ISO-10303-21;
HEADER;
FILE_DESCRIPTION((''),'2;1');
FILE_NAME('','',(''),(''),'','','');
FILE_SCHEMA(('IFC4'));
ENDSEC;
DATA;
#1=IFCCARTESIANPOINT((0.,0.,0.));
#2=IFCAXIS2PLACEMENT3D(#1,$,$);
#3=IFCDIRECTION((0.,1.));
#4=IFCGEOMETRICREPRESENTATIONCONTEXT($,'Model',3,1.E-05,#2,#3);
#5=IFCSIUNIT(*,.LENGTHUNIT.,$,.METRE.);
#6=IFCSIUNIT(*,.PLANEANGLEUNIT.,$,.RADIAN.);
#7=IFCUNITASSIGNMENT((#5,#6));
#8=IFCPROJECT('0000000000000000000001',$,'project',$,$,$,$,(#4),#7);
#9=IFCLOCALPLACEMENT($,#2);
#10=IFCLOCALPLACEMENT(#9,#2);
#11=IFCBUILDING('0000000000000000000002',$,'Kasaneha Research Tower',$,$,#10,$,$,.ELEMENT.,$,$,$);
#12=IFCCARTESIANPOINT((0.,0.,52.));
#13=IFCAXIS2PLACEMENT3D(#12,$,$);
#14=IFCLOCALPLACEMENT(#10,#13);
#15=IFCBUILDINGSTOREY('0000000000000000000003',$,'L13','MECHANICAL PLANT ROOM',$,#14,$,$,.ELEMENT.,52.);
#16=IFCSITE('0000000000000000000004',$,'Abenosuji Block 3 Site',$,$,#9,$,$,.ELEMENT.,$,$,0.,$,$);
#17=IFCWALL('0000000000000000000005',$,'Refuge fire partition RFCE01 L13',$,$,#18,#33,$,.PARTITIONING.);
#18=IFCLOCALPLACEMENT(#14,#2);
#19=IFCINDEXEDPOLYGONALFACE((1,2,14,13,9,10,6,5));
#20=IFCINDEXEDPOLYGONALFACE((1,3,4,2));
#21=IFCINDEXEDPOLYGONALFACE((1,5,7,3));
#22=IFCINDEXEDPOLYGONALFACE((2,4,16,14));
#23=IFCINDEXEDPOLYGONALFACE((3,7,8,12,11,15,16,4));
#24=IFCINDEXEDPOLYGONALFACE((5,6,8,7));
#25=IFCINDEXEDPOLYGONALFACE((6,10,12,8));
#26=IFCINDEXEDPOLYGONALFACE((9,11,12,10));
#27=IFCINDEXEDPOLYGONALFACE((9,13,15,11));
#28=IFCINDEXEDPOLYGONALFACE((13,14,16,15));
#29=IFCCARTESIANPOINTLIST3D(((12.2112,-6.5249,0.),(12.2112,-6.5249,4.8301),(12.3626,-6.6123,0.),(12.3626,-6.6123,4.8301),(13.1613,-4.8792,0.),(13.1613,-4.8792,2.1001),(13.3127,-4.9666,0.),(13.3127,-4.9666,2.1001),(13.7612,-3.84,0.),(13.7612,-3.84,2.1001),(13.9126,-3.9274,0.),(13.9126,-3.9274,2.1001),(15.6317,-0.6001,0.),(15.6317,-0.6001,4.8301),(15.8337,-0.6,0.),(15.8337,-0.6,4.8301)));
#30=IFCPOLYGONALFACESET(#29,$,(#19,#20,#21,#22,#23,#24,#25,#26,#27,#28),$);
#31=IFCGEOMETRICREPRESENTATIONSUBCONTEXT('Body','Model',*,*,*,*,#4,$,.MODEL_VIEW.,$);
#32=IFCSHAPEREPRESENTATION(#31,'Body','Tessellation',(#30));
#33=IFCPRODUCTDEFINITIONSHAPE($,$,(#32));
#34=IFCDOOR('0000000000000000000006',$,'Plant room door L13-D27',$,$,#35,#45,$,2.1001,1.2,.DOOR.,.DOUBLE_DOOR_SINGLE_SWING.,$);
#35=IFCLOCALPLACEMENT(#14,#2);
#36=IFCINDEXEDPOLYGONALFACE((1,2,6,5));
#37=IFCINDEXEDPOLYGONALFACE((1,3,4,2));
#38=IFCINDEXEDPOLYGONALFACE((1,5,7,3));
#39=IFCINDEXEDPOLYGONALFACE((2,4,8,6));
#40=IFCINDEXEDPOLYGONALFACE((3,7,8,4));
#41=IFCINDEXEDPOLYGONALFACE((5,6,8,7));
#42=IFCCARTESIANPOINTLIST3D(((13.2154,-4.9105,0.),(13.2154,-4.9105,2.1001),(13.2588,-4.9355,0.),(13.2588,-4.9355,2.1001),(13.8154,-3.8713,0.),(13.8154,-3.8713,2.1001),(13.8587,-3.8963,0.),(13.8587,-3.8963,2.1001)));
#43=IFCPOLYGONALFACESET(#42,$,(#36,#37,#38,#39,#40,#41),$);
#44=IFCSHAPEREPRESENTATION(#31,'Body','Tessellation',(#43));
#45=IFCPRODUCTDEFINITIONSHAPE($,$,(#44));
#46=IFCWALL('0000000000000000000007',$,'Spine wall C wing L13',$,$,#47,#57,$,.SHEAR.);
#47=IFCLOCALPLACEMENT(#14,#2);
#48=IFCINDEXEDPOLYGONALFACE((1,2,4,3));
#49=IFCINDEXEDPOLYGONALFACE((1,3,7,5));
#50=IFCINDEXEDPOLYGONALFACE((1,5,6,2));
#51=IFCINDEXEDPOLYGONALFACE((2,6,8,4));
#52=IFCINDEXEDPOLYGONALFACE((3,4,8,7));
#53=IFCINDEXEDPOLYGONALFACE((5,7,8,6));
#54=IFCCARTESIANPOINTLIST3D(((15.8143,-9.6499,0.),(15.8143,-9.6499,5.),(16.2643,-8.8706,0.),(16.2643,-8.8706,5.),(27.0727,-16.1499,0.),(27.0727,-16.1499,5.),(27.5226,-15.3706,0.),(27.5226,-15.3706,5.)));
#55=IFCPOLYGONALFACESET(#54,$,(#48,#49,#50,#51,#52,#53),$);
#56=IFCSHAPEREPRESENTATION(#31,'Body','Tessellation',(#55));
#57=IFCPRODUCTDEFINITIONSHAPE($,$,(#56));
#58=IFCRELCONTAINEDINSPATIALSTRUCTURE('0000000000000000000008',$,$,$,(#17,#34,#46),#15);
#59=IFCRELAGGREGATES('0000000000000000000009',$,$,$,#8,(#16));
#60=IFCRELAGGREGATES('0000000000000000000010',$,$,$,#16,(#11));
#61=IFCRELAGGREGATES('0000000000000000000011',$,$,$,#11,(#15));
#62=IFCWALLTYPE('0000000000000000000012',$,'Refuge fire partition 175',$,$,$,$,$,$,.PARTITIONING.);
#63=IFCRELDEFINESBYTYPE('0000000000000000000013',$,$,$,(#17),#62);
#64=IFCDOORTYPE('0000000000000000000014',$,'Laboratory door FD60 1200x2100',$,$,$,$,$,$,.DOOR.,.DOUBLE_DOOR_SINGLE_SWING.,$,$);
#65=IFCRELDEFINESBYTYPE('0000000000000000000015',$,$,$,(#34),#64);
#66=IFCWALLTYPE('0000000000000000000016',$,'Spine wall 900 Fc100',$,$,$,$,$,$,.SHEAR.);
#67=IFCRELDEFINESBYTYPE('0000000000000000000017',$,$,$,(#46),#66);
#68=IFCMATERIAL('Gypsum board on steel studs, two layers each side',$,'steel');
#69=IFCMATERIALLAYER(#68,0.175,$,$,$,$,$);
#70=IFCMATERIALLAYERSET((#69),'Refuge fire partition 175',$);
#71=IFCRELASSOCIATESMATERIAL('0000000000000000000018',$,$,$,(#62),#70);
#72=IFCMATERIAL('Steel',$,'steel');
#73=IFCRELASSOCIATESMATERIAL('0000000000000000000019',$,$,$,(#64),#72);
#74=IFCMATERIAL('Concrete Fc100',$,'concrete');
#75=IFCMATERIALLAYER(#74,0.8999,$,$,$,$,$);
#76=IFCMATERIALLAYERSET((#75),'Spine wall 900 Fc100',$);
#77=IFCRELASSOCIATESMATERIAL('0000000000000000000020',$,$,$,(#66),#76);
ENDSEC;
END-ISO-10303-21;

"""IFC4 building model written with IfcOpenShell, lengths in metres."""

from ifc_helpers import new_model, si_unit, direction, frame, frame_2d, origin, place, context, subcontext, project, spatial, polyline, rectangle, outline, extrude, material, layer, layer_set, type_object, element, fill, save


model = new_model("IFC4")

# Units and contexts
model_context = context("Model", 3, precision=1e-05, world=origin(), true_north=direction((0.0, 1.0)))
body_context = subcontext(model_context, "Body", "Model", "MODEL_VIEW")
ifc_project = project(units=[si_unit("LENGTHUNIT", "METRE"), si_unit("PLANEANGLEUNIT", "RADIAN")], contexts=[model_context])

# Site, building, storey
site_placement = place(None, origin())
site = spatial("IfcSite", under=ifc_project, at=site_placement, Name="Abenosuji Block 3 Site", CompositionType="ELEMENT", RefElevation=0.0)
building_placement = place(site_placement, origin())
building = spatial("IfcBuilding", under=site, at=building_placement, Name="Kasaneha Research Tower", CompositionType="ELEMENT")
storey_placement = place(building_placement, frame((0.0, 0.0, 52.0)))
storey = spatial("IfcBuildingStorey", under=building, at=storey_placement, Name="L13", Description="MECHANICAL PLANT ROOM", CompositionType="ELEMENT", Elevation=52.0)

# Wall, opening, door
ifc_material_1 = material(Name="Gypsum board on steel studs, two layers each side", Category="steel")
ifc_layer_1 = layer(ifc_material_1, 0.175)
ifc_layer_set_1 = layer_set([ifc_layer_1], Name="Refuge fire partition 175")
wall_type_1 = type_object("IfcWallType", Name="Refuge fire partition 175", PredefinedType="PARTITIONING", material=ifc_layer_set_1)
wall_1_placement = place(storey_placement, frame((12.2869, -6.5686, 0.0), z_axis=(0.0, 0.0, 1.0), x_axis=(0.499987, 0.866033, 0.0)))
wall_1 = element("IfcWall", 1, at=wall_1_placement, inside=storey, type_object=wall_type_1, Name="Refuge fire partition RFCE01 L13", PredefinedType="PARTITIONING", context=body_context, shape_type="SweptSolid", body=[
    extrude(outline(polyline([(0.0, -0.0874), (1.9001, -0.0874), (3.1001, -0.0874), (6.9424, -0.0874), (6.8413, 0.0874), (3.1001, 0.0874), (1.9001, 0.0874), (0.0, 0.0874), (0.0, -0.0874)])), origin(), (0.0, 0.0, 1.0), 4.8301),
])
opening_1_placement = place(wall_1_placement, frame((1.9001, 0.0, 0.0)))
opening_1 = element("IfcOpeningElement", 2, at=opening_1_placement, cuts=wall_1, PredefinedType="OPENING", context=body_context, shape_type="SweptSolid", body=[
    extrude(rectangle(XDim=1.2, YDim=2.1001, at=frame_2d((0.6001, 1.05))), frame((0.0, 0.0977, 0.0), z_axis=(0.0, -1.0, 0.0), x_axis=(1.0, 0.0, 0.0)), (0.0, 0.0, 1.0), 0.1951),
])
ifc_material_2 = material(Name="Steel", Category="steel")
door_type = type_object("IfcDoorType", Name="Laboratory door FD60 1200x2100", OperationType="DOUBLE_DOOR_SINGLE_SWING", PredefinedType="DOOR", material=ifc_material_2)
door_placement = place(opening_1_placement, origin())
door = element("IfcDoor", 3, at=door_placement, inside=storey, type_object=door_type, Name="Plant room door L13-D27", OperationType="DOUBLE_DOOR_SINGLE_SWING", OverallHeight=2.1001, OverallWidth=1.2, PredefinedType="DOOR", context=body_context, shape_type="SweptSolid", body=[
    extrude(rectangle(XDim=1.2, YDim=2.1001, at=frame_2d((0.6001, 1.05))), frame((0.0, 0.0249, 0.0), z_axis=(0.0, -1.0, 0.0), x_axis=(1.0, 0.0, 0.0)), (0.0, 0.0, 1.0), 0.05),
])
fill(opening_1, door)

# Wall
ifc_material_3 = material(Name="Concrete Fc100", Category="concrete")
ifc_layer_2 = layer(ifc_material_3, 0.8999)
ifc_layer_set_2 = layer_set([ifc_layer_2], Name="Spine wall 900 Fc100")
wall_type_2 = type_object("IfcWallType", Name="Spine wall 900 Fc100", PredefinedType="SHEAR", material=ifc_layer_set_2)
wall_2_placement = place(storey_placement, frame((16.0393, -9.2603, 0.0), z_axis=(0.0, 0.0, 1.0), x_axis=(0.866025, -0.500001, 0.0)))
element("IfcWall", 4, at=wall_2_placement, inside=storey, type_object=wall_type_2, Name="Spine wall C wing L13", PredefinedType="SHEAR", context=body_context, shape_type="SweptSolid", body=[
    extrude(rectangle(XDim=13.0, YDim=0.8999, at=frame_2d((6.5, 0.0))), origin(), (0.0, 0.0, 1.0), 5.0),
])

save(model, "model.ifc")
